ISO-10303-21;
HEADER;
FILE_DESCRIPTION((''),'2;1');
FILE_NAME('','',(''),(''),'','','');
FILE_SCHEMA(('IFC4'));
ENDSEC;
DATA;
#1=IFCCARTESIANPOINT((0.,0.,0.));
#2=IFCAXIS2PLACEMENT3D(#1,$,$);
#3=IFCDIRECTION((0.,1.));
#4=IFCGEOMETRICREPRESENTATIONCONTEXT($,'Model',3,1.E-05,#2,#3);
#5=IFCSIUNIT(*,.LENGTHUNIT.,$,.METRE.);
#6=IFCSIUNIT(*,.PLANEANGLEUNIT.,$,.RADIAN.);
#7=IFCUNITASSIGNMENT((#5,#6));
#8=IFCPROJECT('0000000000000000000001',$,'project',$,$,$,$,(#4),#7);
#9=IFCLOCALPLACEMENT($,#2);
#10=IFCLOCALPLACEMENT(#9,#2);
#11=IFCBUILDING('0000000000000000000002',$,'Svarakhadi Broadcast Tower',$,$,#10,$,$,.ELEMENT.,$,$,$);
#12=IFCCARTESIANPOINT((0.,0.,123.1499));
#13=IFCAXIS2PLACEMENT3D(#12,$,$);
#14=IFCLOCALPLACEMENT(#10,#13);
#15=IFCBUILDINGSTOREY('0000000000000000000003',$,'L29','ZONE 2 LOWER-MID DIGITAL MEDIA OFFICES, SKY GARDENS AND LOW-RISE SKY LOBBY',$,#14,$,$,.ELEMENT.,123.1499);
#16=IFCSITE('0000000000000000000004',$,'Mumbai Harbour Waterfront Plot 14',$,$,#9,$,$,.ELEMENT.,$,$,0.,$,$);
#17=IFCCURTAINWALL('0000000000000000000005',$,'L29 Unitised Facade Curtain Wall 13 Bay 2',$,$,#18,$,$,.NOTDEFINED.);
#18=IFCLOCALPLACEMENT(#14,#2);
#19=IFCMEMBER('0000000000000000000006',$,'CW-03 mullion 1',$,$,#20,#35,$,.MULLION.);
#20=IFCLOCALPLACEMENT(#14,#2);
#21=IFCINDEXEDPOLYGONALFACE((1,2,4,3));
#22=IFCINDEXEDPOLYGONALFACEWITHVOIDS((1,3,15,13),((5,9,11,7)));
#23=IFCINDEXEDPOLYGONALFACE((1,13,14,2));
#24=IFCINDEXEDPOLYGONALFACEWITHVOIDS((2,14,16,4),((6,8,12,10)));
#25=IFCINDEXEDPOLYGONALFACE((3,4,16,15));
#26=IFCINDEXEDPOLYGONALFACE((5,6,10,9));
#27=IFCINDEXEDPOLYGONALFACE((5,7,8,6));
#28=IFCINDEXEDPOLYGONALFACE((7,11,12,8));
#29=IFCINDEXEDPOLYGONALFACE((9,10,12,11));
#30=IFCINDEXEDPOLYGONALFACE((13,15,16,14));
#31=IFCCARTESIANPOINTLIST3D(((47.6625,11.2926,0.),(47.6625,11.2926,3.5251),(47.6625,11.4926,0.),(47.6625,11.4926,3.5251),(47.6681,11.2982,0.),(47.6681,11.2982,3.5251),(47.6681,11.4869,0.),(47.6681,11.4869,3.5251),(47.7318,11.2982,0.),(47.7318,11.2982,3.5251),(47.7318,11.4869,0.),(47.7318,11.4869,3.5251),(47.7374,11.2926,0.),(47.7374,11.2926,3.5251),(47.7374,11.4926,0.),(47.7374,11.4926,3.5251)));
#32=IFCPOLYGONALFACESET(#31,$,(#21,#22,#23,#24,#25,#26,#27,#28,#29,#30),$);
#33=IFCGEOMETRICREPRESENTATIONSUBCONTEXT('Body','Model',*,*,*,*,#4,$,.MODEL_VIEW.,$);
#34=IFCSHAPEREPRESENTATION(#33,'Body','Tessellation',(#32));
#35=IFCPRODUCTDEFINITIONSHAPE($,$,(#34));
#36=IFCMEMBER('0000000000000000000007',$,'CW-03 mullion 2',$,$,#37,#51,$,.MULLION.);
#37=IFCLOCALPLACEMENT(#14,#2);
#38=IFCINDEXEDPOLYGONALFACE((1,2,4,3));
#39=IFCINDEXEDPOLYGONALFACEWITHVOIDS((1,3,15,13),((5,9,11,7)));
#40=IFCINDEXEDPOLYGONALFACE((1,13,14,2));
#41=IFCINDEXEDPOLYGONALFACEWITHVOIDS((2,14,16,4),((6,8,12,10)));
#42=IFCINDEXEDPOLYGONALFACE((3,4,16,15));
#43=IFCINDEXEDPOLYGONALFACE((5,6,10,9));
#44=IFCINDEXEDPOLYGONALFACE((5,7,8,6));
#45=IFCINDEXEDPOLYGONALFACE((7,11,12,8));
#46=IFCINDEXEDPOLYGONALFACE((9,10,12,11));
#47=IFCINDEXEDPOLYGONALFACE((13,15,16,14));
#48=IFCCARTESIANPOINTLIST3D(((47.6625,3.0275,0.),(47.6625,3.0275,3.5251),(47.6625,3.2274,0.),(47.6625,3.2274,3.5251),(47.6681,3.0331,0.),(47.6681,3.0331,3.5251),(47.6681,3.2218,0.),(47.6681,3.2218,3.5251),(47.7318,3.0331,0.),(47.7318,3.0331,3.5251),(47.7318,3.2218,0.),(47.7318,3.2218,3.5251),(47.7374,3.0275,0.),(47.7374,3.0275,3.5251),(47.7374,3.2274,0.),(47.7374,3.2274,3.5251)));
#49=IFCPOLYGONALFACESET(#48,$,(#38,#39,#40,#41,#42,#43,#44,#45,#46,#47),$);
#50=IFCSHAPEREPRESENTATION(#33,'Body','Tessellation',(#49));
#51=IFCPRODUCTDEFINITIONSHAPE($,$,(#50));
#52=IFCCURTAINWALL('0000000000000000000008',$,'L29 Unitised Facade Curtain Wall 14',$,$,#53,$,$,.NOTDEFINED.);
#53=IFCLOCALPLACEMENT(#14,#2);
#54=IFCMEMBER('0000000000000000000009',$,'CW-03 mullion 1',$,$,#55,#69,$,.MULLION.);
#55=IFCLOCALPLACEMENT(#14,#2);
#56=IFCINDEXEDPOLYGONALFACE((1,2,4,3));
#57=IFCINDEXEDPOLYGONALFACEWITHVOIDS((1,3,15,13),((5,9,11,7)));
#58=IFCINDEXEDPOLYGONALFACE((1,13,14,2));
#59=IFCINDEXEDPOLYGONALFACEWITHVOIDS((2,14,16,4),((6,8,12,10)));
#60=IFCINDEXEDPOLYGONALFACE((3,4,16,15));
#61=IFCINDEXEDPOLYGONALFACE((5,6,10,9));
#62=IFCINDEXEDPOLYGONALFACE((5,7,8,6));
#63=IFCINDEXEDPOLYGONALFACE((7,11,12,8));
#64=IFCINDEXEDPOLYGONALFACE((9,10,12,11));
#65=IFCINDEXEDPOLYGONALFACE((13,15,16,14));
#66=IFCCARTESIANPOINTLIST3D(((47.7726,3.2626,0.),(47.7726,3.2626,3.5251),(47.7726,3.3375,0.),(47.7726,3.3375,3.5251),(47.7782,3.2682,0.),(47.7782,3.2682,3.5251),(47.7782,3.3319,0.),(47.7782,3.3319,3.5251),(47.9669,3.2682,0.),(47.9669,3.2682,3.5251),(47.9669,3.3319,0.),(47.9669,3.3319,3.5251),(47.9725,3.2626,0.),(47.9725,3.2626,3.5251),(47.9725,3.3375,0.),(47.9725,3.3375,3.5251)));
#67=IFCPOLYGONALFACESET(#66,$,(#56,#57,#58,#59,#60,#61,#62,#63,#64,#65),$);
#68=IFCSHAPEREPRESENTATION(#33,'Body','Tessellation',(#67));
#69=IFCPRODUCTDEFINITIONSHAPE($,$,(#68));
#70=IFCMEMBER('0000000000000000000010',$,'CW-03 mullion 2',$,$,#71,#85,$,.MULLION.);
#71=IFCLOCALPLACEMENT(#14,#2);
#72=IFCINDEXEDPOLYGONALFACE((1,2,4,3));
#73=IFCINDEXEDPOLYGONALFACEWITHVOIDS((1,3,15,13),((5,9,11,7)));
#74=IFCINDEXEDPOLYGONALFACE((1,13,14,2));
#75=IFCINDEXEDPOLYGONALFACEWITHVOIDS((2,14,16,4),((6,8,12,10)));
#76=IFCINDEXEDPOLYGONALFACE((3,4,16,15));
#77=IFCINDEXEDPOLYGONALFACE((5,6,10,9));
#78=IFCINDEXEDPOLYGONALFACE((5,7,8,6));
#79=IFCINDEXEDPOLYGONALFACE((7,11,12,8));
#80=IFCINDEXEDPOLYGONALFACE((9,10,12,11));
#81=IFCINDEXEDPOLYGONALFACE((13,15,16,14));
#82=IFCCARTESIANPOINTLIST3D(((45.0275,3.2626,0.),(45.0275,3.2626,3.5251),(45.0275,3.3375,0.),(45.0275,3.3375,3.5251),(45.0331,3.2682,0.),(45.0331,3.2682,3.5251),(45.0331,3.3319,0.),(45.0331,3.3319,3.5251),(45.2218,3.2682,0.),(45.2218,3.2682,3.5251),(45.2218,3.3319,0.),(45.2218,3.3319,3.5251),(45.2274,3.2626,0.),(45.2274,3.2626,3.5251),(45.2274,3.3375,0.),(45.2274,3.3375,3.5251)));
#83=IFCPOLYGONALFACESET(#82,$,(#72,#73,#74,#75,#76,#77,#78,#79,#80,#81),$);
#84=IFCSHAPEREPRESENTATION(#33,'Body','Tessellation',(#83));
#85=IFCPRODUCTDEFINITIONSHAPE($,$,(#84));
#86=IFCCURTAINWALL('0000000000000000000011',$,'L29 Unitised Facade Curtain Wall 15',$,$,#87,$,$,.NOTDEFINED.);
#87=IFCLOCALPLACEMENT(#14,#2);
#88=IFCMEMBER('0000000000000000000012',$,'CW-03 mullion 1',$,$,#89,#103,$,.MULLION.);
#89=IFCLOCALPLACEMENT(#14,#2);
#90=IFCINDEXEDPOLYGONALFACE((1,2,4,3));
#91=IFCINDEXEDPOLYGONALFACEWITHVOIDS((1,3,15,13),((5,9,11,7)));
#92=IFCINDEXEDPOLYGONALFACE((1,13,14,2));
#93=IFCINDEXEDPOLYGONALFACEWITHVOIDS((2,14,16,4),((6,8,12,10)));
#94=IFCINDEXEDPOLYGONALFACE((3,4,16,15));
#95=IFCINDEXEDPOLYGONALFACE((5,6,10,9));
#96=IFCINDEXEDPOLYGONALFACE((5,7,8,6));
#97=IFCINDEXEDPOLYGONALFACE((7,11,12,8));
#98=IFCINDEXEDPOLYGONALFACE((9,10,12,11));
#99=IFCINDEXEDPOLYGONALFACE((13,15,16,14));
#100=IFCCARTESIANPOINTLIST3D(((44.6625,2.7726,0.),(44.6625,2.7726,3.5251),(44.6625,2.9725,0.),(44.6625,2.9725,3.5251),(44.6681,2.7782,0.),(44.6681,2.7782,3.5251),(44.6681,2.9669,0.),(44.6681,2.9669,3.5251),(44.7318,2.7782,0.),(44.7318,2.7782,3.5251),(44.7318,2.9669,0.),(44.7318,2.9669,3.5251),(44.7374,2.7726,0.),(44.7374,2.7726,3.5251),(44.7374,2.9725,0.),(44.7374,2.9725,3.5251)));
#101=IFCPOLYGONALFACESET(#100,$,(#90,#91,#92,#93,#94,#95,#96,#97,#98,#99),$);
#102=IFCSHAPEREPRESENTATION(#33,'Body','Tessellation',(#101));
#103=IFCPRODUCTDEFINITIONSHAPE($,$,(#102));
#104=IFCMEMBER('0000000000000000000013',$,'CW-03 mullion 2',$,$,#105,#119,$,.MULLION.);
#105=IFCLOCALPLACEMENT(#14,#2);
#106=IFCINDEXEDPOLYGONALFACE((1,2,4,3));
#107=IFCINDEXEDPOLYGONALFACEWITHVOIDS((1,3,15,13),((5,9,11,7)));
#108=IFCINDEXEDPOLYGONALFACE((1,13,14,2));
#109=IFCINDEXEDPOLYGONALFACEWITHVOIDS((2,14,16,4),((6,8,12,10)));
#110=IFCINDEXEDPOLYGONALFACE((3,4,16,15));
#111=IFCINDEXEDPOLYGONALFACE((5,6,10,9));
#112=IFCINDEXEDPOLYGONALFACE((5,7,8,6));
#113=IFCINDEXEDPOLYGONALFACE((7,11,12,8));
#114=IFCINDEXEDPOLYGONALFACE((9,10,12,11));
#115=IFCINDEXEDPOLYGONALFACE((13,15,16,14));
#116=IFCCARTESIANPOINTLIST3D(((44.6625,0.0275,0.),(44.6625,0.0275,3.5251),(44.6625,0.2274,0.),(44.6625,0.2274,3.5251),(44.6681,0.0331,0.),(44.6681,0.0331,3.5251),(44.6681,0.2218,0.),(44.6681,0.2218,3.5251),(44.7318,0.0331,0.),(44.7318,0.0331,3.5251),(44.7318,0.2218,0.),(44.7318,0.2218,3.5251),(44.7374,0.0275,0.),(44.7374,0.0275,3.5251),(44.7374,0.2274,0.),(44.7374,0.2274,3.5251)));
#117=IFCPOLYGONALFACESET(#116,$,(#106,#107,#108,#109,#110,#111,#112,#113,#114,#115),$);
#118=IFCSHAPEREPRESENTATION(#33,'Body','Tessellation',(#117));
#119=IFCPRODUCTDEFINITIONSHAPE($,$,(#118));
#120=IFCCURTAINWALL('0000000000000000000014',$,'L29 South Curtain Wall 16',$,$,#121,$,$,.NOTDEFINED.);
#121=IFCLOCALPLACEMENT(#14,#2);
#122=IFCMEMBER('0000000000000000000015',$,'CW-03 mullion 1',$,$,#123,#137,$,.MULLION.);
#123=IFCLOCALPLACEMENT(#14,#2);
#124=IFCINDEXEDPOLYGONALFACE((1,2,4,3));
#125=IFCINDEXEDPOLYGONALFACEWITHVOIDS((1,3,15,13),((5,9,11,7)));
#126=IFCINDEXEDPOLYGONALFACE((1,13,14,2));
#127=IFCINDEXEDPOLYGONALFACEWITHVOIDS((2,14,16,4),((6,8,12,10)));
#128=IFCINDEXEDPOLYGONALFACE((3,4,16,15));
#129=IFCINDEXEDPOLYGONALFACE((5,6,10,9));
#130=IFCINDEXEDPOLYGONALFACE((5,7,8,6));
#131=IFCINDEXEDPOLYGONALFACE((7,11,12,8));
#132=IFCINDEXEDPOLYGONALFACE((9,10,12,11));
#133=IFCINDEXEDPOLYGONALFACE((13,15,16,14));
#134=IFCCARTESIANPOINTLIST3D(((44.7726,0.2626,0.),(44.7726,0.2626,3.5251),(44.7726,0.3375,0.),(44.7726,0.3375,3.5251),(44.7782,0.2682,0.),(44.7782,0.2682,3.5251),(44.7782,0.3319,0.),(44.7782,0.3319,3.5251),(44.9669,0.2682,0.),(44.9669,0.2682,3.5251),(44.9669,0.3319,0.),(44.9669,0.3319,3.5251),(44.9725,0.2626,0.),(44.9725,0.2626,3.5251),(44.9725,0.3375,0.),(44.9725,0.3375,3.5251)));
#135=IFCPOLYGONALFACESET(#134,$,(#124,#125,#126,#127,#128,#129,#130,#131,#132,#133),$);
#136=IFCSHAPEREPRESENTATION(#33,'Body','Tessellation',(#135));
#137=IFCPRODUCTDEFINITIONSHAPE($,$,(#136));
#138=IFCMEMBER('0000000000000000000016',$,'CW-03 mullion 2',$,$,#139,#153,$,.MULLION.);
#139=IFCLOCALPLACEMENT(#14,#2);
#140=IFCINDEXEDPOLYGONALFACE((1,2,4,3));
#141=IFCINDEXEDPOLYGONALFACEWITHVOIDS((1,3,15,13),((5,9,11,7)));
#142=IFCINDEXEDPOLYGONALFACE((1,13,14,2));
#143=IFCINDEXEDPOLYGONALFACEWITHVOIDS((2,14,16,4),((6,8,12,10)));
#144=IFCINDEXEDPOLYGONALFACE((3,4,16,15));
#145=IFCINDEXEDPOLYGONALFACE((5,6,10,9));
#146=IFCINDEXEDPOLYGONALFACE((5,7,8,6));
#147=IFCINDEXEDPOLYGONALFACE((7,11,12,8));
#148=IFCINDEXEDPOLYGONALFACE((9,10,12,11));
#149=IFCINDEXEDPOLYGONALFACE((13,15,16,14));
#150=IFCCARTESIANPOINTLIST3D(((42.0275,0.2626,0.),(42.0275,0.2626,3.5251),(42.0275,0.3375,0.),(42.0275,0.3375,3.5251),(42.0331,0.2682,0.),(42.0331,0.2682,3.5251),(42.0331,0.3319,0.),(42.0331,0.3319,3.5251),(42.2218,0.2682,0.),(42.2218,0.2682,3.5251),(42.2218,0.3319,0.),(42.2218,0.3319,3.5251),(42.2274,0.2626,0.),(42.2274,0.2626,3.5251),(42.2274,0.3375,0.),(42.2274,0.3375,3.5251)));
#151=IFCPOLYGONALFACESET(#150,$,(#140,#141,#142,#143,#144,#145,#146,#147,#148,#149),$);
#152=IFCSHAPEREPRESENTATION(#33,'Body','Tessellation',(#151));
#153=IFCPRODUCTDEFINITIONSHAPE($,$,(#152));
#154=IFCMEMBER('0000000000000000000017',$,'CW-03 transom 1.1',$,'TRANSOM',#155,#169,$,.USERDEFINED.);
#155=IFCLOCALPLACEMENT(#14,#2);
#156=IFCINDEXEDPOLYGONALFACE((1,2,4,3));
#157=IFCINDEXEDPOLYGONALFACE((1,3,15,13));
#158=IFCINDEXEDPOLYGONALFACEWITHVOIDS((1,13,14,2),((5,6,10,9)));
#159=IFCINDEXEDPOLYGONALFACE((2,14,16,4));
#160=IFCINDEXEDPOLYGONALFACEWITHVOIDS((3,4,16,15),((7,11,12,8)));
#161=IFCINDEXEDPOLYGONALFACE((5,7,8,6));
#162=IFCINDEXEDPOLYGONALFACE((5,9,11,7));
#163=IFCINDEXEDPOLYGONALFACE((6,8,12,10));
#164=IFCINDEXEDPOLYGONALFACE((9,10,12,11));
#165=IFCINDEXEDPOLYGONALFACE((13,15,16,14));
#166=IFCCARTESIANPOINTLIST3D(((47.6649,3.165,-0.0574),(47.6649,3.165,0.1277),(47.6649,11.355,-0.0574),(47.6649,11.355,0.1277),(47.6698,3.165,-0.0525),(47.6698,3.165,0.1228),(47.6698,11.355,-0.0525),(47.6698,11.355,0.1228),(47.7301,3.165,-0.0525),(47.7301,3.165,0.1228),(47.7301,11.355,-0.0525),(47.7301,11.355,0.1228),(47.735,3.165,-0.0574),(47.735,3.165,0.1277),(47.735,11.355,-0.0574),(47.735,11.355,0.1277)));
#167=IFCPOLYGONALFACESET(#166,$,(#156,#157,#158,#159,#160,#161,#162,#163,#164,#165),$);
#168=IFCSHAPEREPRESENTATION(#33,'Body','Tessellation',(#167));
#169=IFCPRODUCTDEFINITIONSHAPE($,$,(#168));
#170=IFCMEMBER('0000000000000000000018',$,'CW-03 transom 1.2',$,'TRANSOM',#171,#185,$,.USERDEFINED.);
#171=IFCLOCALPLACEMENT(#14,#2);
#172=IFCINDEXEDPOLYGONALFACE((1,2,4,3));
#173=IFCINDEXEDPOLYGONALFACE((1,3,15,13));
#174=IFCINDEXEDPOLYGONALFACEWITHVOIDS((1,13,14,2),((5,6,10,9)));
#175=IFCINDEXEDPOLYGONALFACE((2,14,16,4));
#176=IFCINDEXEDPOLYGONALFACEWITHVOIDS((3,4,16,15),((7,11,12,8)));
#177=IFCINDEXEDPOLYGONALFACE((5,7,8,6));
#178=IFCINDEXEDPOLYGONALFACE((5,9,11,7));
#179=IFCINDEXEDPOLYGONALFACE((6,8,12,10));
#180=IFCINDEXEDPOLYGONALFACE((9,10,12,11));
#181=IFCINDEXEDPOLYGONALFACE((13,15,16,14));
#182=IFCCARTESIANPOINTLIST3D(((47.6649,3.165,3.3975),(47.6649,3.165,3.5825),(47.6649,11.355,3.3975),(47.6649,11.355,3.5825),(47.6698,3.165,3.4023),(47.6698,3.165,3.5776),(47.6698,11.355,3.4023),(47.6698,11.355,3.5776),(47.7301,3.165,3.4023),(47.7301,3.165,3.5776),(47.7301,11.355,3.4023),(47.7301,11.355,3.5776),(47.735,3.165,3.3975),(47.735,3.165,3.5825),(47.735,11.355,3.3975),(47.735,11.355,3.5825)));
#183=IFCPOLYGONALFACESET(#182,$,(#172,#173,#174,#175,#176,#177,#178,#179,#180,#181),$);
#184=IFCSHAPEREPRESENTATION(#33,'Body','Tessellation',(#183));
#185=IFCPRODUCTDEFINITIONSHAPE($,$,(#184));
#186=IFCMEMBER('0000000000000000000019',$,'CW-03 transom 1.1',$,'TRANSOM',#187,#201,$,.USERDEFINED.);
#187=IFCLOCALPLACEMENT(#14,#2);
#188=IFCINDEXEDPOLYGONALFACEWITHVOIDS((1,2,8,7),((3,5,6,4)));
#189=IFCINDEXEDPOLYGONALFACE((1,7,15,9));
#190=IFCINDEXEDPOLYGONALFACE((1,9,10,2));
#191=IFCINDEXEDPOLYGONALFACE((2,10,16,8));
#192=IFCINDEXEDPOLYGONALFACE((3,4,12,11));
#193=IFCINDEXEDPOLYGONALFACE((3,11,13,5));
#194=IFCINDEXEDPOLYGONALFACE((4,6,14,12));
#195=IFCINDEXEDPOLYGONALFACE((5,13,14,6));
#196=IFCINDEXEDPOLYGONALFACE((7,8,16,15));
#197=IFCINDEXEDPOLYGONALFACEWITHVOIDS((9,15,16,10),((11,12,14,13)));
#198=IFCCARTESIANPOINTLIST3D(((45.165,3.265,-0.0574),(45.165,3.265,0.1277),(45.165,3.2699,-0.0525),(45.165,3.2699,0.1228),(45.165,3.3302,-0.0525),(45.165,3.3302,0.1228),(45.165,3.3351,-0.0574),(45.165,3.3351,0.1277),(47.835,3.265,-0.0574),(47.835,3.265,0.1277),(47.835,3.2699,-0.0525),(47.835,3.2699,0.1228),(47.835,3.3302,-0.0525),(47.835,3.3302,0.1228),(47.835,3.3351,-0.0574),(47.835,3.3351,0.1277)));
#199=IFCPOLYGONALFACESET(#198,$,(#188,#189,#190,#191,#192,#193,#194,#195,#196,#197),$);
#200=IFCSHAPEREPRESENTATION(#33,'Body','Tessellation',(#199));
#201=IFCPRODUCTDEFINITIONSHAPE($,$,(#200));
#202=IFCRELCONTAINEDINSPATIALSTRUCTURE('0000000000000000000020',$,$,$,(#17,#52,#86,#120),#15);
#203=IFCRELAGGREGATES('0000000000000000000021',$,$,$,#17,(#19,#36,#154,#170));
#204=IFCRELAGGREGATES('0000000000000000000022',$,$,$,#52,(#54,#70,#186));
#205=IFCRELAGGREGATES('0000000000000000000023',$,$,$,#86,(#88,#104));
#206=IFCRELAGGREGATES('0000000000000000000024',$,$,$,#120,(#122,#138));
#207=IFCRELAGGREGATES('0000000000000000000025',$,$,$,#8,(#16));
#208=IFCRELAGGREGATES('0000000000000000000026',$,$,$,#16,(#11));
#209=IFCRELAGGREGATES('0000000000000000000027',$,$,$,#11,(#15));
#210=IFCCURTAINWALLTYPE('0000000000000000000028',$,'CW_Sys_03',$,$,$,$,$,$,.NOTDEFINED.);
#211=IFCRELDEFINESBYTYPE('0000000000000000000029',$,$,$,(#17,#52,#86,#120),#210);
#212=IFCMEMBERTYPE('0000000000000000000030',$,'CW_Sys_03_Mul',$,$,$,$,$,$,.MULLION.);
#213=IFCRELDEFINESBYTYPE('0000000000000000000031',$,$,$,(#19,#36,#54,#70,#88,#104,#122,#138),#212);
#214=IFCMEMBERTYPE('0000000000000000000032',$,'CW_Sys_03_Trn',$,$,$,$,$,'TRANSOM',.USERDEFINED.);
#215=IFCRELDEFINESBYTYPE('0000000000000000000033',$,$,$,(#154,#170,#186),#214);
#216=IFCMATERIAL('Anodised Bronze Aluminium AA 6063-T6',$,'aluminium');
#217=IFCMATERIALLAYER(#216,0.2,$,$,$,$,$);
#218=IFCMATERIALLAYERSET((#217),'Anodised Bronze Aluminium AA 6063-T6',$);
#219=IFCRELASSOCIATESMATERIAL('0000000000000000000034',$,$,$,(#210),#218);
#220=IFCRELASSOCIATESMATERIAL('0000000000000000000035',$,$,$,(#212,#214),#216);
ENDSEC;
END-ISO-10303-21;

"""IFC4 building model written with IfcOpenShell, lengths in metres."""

from ifc_helpers import new_model, si_unit, direction, frame, origin, origin_2d, place, context, subcontext, project, spatial, hollow_rectangle, extrude, material, layer, layer_set, material_profile, profile_set, type_object, element, aggregate, save


model = new_model("IFC4")

# Units and contexts
model_context = context("Model", 3, precision=1e-05, world=origin(), true_north=direction((0.0, 1.0)))
body_context = subcontext(model_context, "Body", "Model", "MODEL_VIEW")
ifc_project = project(units=[si_unit("LENGTHUNIT", "METRE"), si_unit("PLANEANGLEUNIT", "RADIAN")], contexts=[model_context])

# Site, building, storey
site_placement = place(None, origin())
site = spatial("IfcSite", under=ifc_project, at=site_placement, Name="Mumbai Harbour Waterfront Plot 14", CompositionType="ELEMENT", RefElevation=0.0)
building_placement = place(site_placement, origin())
building = spatial("IfcBuilding", under=site, at=building_placement, Name="Svarakhadi Broadcast Tower", CompositionType="ELEMENT")
storey_placement = place(building_placement, frame((0.0, 0.0, 123.1499)))
storey = spatial("IfcBuildingStorey", under=building, at=storey_placement, Name="L29", Description="ZONE 2 LOWER-MID DIGITAL MEDIA OFFICES, SKY GARDENS AND LOW-RISE SKY LOBBY", CompositionType="ELEMENT", Elevation=123.1499)

# Curtain walls, members
ifc_material_1 = material(Name="Anodised Bronze Aluminium AA 6063-T6", Category="aluminium")
ifc_layer_1 = layer(ifc_material_1, 0.2)
ifc_layer_set_1 = layer_set([ifc_layer_1], Name="Anodised Bronze Aluminium AA 6063-T6")
curtain_wall_type = type_object("IfcCurtainWallType", Name="CW_Sys_03", PredefinedType="NOTDEFINED", material=ifc_layer_set_1)
curtain_wall_1_placement = place(storey_placement, origin())
curtain_wall_1 = element("IfcCurtainWall", 1, at=curtain_wall_1_placement, inside=storey, type_object=curtain_wall_type, Name="L29 Unitised Facade Curtain Wall 13 Bay 2", PredefinedType="NOTDEFINED")
ifc_material_profile_1 = material_profile(ifc_material_1, hollow_rectangle(XDim=0.075, YDim=0.2, WallThickness=0.0056, at=origin_2d()), Name="ALU MULLION 200x75x6")
ifc_profile_set_1 = profile_set([ifc_material_profile_1], Name="Anodised Bronze Aluminium AA 6063-T6")
member_type_1 = type_object("IfcMemberType", Name="CW_Sys_03_Mul", PredefinedType="MULLION", material=ifc_profile_set_1)
member_1_placement = place(storey_placement, frame((47.7, 11.3926, 0.0), z_axis=(0.0, 0.0, 1.0), x_axis=(1.0, 0.0, 0.0)))
member_1 = element("IfcMember", 2, at=member_1_placement, type_object=member_type_1, Name="CW-03 mullion 1", PredefinedType="MULLION", context=body_context, shape_type="SweptSolid", body=[
    extrude(hollow_rectangle(XDim=0.075, YDim=0.2, WallThickness=0.0056, at=origin_2d()), origin(), (0.0, 0.0, 1.0), 3.5251),
])
member_2_placement = place(storey_placement, frame((47.7, 3.1274, 0.0), z_axis=(0.0, 0.0, 1.0), x_axis=(1.0, 0.0, 0.0)))
member_2 = element("IfcMember", 3, at=member_2_placement, type_object=member_type_1, Name="CW-03 mullion 2", PredefinedType="MULLION", context=body_context, shape_type="SweptSolid", body=[
    extrude(hollow_rectangle(XDim=0.075, YDim=0.2, WallThickness=0.0056, at=origin_2d()), origin(), (0.0, 0.0, 1.0), 3.5251),
])
curtain_wall_2_placement = place(storey_placement, origin())
curtain_wall_2 = element("IfcCurtainWall", 4, at=curtain_wall_2_placement, inside=storey, type_object=curtain_wall_type, Name="L29 Unitised Facade Curtain Wall 14", PredefinedType="NOTDEFINED")
member_3_placement = place(storey_placement, frame((47.8726, 3.3, 0.0), z_axis=(0.0, 0.0, 1.0), x_axis=(0.0, -1.0, 0.0)))
member_3 = element("IfcMember", 5, at=member_3_placement, type_object=member_type_1, Name="CW-03 mullion 1", PredefinedType="MULLION", context=body_context, shape_type="SweptSolid", body=[
    extrude(hollow_rectangle(XDim=0.075, YDim=0.2, WallThickness=0.0056, at=origin_2d()), origin(), (0.0, 0.0, 1.0), 3.5251),
])
member_4_placement = place(storey_placement, frame((45.1274, 3.3, 0.0), z_axis=(0.0, 0.0, 1.0), x_axis=(0.0, -1.0, 0.0)))
member_4 = element("IfcMember", 6, at=member_4_placement, type_object=member_type_1, Name="CW-03 mullion 2", PredefinedType="MULLION", context=body_context, shape_type="SweptSolid", body=[
    extrude(hollow_rectangle(XDim=0.075, YDim=0.2, WallThickness=0.0056, at=origin_2d()), origin(), (0.0, 0.0, 1.0), 3.5251),
])
curtain_wall_3_placement = place(storey_placement, origin())
curtain_wall_3 = element("IfcCurtainWall", 7, at=curtain_wall_3_placement, inside=storey, type_object=curtain_wall_type, Name="L29 Unitised Facade Curtain Wall 15", PredefinedType="NOTDEFINED")
member_5_placement = place(storey_placement, frame((44.7, 2.8726, 0.0), z_axis=(0.0, 0.0, 1.0), x_axis=(1.0, 0.0, 0.0)))
member_5 = element("IfcMember", 8, at=member_5_placement, type_object=member_type_1, Name="CW-03 mullion 1", PredefinedType="MULLION", context=body_context, shape_type="SweptSolid", body=[
    extrude(hollow_rectangle(XDim=0.075, YDim=0.2, WallThickness=0.0056, at=origin_2d()), origin(), (0.0, 0.0, 1.0), 3.5251),
])
member_6_placement = place(storey_placement, frame((44.7, 0.1274, 0.0), z_axis=(0.0, 0.0, 1.0), x_axis=(1.0, 0.0, 0.0)))
member_6 = element("IfcMember", 9, at=member_6_placement, type_object=member_type_1, Name="CW-03 mullion 2", PredefinedType="MULLION", context=body_context, shape_type="SweptSolid", body=[
    extrude(hollow_rectangle(XDim=0.075, YDim=0.2, WallThickness=0.0056, at=origin_2d()), origin(), (0.0, 0.0, 1.0), 3.5251),
])
curtain_wall_4_placement = place(storey_placement, origin())
curtain_wall_4 = element("IfcCurtainWall", 10, at=curtain_wall_4_placement, inside=storey, type_object=curtain_wall_type, Name="L29 South Curtain Wall 16", PredefinedType="NOTDEFINED")
member_7_placement = place(storey_placement, frame((44.8726, 0.3, 0.0), z_axis=(0.0, 0.0, 1.0), x_axis=(0.0, -1.0, 0.0)))
member_7 = element("IfcMember", 11, at=member_7_placement, type_object=member_type_1, Name="CW-03 mullion 1", PredefinedType="MULLION", context=body_context, shape_type="SweptSolid", body=[
    extrude(hollow_rectangle(XDim=0.075, YDim=0.2, WallThickness=0.0056, at=origin_2d()), origin(), (0.0, 0.0, 1.0), 3.5251),
])
member_8_placement = place(storey_placement, frame((42.1274, 0.3, 0.0), z_axis=(0.0, 0.0, 1.0), x_axis=(0.0, -1.0, 0.0)))
member_8 = element("IfcMember", 12, at=member_8_placement, type_object=member_type_1, Name="CW-03 mullion 2", PredefinedType="MULLION", context=body_context, shape_type="SweptSolid", body=[
    extrude(hollow_rectangle(XDim=0.075, YDim=0.2, WallThickness=0.0056, at=origin_2d()), origin(), (0.0, 0.0, 1.0), 3.5251),
])

# Members
ifc_material_profile_2 = material_profile(ifc_material_1, hollow_rectangle(XDim=0.0701, YDim=0.1851, WallThickness=0.0049, at=origin_2d()), Name="ALU TRANSOM 185x70x5")
ifc_profile_set_2 = profile_set([ifc_material_profile_2], Name="Anodised Bronze Aluminium AA 6063-T6")
member_type_2 = type_object("IfcMemberType", Name="CW_Sys_03_Trn", ElementType="TRANSOM", PredefinedType="USERDEFINED", material=ifc_profile_set_2)
member_9_placement = place(storey_placement, frame((47.7, 11.355, 0.0352), z_axis=(0.0, -1.0, 0.0), x_axis=(1.0, 0.0, 0.0)))
member_9 = element("IfcMember", 13, at=member_9_placement, type_object=member_type_2, Name="CW-03 transom 1.1", ObjectType="TRANSOM", PredefinedType="USERDEFINED", context=body_context, shape_type="SweptSolid", body=[
    extrude(hollow_rectangle(XDim=0.0701, YDim=0.1851, WallThickness=0.0049, at=origin_2d()), origin(), (0.0, 0.0, 1.0), 8.1899),
])
member_10_placement = place(storey_placement, frame((47.7, 11.355, 3.49), z_axis=(0.0, -1.0, 0.0), x_axis=(1.0, 0.0, 0.0)))
member_10 = element("IfcMember", 14, at=member_10_placement, type_object=member_type_2, Name="CW-03 transom 1.2", ObjectType="TRANSOM", PredefinedType="USERDEFINED", context=body_context, shape_type="SweptSolid", body=[
    extrude(hollow_rectangle(XDim=0.0701, YDim=0.1851, WallThickness=0.0049, at=origin_2d()), origin(), (0.0, 0.0, 1.0), 8.1899),
])
member_11_placement = place(storey_placement, frame((47.835, 3.3, 0.0352), z_axis=(-1.0, 0.0, 0.0), x_axis=(0.0, -1.0, 0.0)))
member_11 = element("IfcMember", 15, at=member_11_placement, type_object=member_type_2, Name="CW-03 transom 1.1", ObjectType="TRANSOM", PredefinedType="USERDEFINED", context=body_context, shape_type="SweptSolid", body=[
    extrude(hollow_rectangle(XDim=0.0701, YDim=0.1851, WallThickness=0.0049, at=origin_2d()), origin(), (0.0, 0.0, 1.0), 2.6699),
])

aggregate(curtain_wall_1, [member_1, member_2, member_9, member_10])
aggregate(curtain_wall_2, [member_3, member_4, member_11])
aggregate(curtain_wall_3, [member_5, member_6])
aggregate(curtain_wall_4, [member_7, member_8])

save(model, "model.ifc")
